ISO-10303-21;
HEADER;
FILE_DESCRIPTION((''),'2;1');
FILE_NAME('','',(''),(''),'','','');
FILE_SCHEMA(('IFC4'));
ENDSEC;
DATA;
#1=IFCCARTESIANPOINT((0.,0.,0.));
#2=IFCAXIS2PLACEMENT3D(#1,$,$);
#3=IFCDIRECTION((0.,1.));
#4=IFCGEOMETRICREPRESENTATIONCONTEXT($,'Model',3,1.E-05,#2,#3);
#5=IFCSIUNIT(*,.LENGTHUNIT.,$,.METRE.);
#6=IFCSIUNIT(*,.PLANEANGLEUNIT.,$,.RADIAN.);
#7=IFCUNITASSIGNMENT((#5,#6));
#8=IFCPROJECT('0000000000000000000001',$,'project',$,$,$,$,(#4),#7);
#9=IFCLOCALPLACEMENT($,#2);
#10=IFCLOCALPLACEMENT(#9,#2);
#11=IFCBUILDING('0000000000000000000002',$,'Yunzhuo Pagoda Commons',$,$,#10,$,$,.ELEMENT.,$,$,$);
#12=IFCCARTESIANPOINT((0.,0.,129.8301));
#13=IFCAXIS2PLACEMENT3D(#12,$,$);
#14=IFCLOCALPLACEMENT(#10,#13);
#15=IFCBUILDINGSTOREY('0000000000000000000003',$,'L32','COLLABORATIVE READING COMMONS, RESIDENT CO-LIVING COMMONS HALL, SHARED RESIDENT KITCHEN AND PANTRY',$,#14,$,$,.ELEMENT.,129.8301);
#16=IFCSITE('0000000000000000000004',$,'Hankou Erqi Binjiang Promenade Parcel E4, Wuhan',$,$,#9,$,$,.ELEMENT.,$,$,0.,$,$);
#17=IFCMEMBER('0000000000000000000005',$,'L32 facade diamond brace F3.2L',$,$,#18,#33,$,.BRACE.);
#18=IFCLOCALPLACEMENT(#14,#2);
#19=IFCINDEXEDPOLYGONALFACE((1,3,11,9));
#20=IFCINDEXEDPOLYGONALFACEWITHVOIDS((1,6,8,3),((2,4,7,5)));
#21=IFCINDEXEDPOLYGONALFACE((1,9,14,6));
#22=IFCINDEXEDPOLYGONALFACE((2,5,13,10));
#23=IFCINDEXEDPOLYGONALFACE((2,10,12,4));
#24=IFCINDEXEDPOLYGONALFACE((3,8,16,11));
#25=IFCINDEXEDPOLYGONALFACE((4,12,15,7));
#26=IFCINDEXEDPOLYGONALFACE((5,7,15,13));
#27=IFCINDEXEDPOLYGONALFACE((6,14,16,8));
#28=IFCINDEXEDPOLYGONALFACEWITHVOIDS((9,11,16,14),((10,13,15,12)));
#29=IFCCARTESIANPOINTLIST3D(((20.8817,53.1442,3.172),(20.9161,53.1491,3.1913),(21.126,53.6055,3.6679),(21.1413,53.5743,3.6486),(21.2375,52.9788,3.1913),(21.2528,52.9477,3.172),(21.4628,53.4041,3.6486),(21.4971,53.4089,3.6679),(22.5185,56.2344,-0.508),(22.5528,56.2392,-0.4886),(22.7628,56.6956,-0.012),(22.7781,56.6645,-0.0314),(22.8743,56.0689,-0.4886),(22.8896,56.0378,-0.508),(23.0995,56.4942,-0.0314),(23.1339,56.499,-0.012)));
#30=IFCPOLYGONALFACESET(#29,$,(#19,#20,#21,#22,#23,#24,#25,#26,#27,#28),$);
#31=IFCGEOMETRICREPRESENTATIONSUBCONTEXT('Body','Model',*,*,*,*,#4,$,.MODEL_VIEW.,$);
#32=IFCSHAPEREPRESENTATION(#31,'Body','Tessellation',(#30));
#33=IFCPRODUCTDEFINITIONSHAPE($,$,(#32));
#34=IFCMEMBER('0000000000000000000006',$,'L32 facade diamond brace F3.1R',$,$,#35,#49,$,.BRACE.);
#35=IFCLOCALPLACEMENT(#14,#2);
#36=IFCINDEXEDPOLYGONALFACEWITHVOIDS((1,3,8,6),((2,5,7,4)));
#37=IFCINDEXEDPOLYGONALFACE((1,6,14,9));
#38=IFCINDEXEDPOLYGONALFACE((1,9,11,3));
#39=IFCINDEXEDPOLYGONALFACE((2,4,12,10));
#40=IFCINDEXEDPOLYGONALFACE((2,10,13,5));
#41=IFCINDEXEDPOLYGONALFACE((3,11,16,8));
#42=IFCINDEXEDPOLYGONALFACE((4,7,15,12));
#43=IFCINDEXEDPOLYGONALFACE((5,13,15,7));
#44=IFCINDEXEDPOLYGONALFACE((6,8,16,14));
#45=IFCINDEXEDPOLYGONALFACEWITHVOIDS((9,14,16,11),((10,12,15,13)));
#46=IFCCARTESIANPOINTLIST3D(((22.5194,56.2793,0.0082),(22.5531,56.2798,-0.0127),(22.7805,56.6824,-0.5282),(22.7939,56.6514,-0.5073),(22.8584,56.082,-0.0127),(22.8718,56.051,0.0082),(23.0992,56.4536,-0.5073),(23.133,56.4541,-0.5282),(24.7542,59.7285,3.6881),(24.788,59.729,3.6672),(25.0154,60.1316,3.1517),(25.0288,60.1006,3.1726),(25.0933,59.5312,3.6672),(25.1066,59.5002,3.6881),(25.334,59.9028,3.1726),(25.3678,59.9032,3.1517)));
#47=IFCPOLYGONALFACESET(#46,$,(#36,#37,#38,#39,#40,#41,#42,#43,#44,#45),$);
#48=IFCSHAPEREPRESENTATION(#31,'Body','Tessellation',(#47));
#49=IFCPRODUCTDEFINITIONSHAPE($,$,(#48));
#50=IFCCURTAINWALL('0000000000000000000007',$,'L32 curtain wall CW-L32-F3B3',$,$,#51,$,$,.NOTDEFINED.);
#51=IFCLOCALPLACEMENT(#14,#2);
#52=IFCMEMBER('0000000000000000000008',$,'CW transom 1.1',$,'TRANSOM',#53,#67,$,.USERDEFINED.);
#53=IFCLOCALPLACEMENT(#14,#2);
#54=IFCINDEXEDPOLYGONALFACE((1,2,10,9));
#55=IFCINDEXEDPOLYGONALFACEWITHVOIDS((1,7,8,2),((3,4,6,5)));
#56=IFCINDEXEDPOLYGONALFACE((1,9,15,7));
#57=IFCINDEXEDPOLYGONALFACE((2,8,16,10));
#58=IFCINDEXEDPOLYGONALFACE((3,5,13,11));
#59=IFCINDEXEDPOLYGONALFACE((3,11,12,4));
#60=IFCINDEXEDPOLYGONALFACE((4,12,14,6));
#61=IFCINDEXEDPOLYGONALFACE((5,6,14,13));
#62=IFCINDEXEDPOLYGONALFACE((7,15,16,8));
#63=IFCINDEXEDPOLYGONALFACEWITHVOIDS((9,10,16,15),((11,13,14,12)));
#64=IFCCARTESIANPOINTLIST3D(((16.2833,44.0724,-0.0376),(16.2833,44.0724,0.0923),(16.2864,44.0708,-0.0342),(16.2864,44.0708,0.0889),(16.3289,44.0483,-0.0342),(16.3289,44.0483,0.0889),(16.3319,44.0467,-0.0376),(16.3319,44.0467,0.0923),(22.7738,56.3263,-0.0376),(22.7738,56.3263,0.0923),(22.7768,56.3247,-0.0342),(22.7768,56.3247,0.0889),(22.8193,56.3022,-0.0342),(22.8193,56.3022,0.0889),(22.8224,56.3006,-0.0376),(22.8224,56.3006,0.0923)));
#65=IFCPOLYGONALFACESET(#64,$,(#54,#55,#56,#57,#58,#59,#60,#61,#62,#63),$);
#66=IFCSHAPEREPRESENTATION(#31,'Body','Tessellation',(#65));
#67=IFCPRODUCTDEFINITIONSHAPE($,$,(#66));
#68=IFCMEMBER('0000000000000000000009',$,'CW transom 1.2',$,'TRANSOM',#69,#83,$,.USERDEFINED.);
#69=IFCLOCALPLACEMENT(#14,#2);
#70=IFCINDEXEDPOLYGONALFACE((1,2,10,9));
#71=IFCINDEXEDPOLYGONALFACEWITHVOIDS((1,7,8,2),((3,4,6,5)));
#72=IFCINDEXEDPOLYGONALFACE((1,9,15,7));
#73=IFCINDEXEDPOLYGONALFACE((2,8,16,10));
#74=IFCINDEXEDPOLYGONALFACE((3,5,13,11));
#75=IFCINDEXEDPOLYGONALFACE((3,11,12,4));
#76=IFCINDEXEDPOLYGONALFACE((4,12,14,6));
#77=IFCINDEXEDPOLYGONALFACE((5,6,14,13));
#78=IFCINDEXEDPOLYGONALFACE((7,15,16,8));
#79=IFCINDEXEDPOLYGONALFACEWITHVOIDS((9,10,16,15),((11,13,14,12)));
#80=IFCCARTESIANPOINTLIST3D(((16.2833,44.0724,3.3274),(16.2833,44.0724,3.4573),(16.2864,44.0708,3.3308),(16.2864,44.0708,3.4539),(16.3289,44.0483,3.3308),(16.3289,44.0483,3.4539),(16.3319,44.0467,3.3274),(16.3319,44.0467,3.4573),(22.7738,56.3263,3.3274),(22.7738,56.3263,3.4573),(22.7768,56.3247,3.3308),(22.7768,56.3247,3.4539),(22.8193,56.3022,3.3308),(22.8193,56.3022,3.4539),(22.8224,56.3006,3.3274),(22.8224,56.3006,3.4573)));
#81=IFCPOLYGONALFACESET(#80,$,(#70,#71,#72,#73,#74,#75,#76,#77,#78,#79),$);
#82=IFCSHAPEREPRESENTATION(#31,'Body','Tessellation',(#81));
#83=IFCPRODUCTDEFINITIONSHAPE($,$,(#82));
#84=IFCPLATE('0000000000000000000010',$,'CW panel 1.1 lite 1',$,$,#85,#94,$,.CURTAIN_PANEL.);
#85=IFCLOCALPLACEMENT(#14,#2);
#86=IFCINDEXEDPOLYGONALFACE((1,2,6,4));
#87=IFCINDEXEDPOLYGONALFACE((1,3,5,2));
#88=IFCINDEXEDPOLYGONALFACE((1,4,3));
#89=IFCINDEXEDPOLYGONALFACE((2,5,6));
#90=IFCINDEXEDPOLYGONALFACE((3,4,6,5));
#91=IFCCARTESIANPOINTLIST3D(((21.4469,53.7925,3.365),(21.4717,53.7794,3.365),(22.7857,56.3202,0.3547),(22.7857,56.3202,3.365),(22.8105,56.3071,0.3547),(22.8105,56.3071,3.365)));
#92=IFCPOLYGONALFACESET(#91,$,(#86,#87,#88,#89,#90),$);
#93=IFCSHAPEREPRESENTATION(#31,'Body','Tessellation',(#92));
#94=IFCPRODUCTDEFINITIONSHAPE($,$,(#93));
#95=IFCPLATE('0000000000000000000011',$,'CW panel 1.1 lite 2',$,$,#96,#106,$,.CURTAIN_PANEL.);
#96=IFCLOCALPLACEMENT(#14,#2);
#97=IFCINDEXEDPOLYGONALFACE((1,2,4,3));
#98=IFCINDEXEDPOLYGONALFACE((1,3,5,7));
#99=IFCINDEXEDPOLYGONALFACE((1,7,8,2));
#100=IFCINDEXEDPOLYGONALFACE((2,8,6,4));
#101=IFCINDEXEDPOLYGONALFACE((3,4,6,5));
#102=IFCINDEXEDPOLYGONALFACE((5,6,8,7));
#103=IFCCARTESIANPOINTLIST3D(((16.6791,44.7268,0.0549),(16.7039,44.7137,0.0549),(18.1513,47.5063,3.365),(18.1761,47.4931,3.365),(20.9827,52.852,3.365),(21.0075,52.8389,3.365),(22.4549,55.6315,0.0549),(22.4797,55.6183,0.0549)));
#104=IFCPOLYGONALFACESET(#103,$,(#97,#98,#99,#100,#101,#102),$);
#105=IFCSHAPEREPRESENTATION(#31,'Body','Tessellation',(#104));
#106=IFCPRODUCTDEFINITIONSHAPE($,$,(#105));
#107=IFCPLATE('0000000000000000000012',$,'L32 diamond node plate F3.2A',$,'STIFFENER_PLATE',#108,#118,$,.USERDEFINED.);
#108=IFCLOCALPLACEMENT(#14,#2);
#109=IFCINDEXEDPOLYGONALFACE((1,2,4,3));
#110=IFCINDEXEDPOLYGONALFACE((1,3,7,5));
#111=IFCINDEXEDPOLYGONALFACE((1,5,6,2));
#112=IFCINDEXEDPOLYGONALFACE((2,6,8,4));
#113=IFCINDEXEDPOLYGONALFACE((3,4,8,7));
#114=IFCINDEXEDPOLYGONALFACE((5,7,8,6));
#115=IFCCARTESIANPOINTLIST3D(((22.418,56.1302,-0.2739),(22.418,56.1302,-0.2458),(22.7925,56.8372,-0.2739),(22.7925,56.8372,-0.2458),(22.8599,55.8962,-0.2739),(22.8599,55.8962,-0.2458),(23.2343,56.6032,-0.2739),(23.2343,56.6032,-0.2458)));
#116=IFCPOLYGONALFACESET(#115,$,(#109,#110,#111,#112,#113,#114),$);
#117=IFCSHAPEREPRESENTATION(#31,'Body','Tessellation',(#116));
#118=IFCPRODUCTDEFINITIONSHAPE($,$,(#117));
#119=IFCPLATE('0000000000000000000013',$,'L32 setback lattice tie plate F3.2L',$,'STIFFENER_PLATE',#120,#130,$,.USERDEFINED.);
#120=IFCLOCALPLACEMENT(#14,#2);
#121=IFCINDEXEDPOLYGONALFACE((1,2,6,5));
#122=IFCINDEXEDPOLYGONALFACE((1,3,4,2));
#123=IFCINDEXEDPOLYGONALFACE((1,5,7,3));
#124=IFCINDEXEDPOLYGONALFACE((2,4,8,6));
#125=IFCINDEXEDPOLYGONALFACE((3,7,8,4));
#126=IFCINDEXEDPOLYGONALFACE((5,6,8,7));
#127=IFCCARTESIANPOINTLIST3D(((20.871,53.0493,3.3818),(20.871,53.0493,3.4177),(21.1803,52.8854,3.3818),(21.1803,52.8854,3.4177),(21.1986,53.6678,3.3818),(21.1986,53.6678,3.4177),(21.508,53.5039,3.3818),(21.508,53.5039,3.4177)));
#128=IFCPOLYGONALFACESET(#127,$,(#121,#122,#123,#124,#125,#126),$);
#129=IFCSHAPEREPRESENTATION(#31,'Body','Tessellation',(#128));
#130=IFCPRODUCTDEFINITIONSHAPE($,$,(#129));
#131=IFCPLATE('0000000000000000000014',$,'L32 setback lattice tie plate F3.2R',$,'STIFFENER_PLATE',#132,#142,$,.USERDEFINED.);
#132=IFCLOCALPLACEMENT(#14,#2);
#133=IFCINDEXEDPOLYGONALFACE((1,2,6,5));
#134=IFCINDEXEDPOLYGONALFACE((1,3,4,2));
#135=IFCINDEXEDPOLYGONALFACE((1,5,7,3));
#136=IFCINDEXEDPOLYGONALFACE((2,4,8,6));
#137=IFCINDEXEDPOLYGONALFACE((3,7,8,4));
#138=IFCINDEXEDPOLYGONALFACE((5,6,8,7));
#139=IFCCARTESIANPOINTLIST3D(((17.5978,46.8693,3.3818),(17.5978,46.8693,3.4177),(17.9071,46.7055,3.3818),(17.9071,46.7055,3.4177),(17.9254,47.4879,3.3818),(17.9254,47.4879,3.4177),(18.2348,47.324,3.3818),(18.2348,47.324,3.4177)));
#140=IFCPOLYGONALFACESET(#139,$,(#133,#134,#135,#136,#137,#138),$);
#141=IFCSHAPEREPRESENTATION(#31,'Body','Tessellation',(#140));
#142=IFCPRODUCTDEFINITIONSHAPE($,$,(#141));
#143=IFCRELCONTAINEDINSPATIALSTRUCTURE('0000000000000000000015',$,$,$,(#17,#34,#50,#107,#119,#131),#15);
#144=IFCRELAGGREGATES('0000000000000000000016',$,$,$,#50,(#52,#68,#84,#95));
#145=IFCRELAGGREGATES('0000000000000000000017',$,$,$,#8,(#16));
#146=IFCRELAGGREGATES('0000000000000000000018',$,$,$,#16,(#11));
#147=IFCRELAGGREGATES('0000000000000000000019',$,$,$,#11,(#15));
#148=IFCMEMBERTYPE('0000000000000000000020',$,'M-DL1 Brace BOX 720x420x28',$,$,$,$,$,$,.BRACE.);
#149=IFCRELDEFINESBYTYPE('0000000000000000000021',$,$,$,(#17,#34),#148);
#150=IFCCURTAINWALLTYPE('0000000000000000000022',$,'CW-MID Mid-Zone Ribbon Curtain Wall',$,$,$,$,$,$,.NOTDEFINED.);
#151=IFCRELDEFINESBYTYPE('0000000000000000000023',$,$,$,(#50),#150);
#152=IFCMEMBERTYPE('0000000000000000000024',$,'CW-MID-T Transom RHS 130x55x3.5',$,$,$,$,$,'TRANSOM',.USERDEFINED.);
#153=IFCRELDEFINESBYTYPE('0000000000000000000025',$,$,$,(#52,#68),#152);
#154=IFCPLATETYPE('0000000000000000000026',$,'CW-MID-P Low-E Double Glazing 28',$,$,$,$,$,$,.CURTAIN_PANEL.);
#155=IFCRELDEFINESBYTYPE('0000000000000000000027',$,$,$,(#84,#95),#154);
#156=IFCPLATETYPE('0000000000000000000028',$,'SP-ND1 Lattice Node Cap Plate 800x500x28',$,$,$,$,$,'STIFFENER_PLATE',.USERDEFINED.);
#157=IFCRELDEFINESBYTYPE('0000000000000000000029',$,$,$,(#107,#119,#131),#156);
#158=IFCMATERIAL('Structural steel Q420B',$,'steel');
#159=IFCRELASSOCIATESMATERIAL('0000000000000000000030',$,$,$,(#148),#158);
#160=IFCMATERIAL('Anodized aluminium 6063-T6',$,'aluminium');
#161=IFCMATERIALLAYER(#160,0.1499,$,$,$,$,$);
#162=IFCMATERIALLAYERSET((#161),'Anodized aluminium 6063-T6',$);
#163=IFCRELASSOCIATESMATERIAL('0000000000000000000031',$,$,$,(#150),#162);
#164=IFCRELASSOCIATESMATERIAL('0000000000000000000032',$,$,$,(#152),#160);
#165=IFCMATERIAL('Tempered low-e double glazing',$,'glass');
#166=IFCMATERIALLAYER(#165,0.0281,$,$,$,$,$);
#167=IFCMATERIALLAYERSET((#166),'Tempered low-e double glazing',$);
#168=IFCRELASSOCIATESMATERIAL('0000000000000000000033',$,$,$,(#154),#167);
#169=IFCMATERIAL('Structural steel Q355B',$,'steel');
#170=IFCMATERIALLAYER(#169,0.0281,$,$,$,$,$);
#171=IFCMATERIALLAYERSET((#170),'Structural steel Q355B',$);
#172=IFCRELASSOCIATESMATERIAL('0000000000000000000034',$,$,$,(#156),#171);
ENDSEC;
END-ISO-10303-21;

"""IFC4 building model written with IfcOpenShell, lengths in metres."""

from ifc_helpers import new_model, si_unit, direction, frame, origin, origin_2d, place, context, subcontext, project, spatial, polyline, rectangle, hollow_rectangle, outline, extrude, source, transform, mapped, material, layer, layer_set, material_profile, profile_set, type_object, element, aggregate, save


model = new_model("IFC4")

# Units and contexts
model_context = context("Model", 3, precision=1e-05, world=origin(), true_north=direction((0.0, 1.0)))
body_context = subcontext(model_context, "Body", "Model", "MODEL_VIEW")
ifc_project = project(units=[si_unit("LENGTHUNIT", "METRE"), si_unit("PLANEANGLEUNIT", "RADIAN")], contexts=[model_context])

# Site, building, storey
site_placement = place(None, origin())
site = spatial("IfcSite", under=ifc_project, at=site_placement, Name="Hankou Erqi Binjiang Promenade Parcel E4, Wuhan", CompositionType="ELEMENT", RefElevation=0.0)
building_placement = place(site_placement, origin())
building = spatial("IfcBuilding", under=site, at=building_placement, Name="Yunzhuo Pagoda Commons", CompositionType="ELEMENT")
storey_placement = place(building_placement, frame((0.0, 0.0, 129.8301)))
storey = spatial("IfcBuildingStorey", under=building, at=storey_placement, Name="L32", Description="COLLABORATIVE READING COMMONS, RESIDENT CO-LIVING COMMONS HALL, SHARED RESIDENT KITCHEN AND PANTRY", CompositionType="ELEMENT", Elevation=129.8301)

# Shared definitions
ifc_material_1 = material(Name="Structural steel Q420B", Category="steel")

# Shared definitions
ifc_material_2 = material(Name="Structural steel Q355B", Category="steel")

# Members
ifc_material_profile_1 = material_profile(ifc_material_1, hollow_rectangle(XDim=0.4199, YDim=0.72, WallThickness=0.0281, at=origin_2d()), Name="Structural steel Q420B")
ifc_profile_set_1 = profile_set([ifc_material_profile_1], Name="Structural steel Q420B")
member_type_1 = type_object("IfcMemberType", Name="M-DL1 Brace BOX 720x420x28", PredefinedType="BRACE", material=ifc_profile_set_1)
shared_shape_1 = source(origin(), body_context, "Body", "SweptSolid", [
    extrude(hollow_rectangle(XDim=0.4199, YDim=0.72, WallThickness=0.0281, at=origin_2d()), origin(), (0.0, 0.0, 1.0), 5.0764),
])
member_1_placement = place(storey_placement, frame((22.8262, 56.3667, -0.26), z_axis=(-0.32242, -0.608722, 0.724916), x_axis=(0.883694, -0.468064, 0.0)))
element("IfcMember", 1, at=member_1_placement, inside=storey, type_object=member_type_1, Name="L32 facade diamond brace F3.2L", PredefinedType="BRACE", context=body_context, shape_type="MappedRepresentation", body=[
    mapped(shared_shape_1, transform((0.0, 0.0, 0.0), scale=1.0)),
])
shared_shape_2 = source(origin(), body_context, "Body", "SweptSolid", [
    extrude(hollow_rectangle(XDim=0.4199, YDim=0.72, WallThickness=0.0281, at=origin_2d()), origin(), (0.0, 0.0, 1.0), 5.5166),
])
member_2_placement = place(storey_placement, frame((22.8262, 56.3667, -0.26), z_axis=(0.405111, 0.625236, 0.667057), x_axis=(-0.839235, 0.543768, 0.0)))
element("IfcMember", 2, at=member_2_placement, inside=storey, type_object=member_type_1, Name="L32 facade diamond brace F3.1R", PredefinedType="BRACE", context=body_context, shape_type="MappedRepresentation", body=[
    mapped(shared_shape_2, transform((0.0, 0.0, 0.0), scale=1.0)),
])

# Curtain wall, members, plates
ifc_material_3 = material(Name="Anodized aluminium 6063-T6", Category="aluminium")
ifc_layer_1 = layer(ifc_material_3, 0.1499)
ifc_layer_set_1 = layer_set([ifc_layer_1], Name="Anodized aluminium 6063-T6")
curtain_wall_type = type_object("IfcCurtainWallType", Name="CW-MID Mid-Zone Ribbon Curtain Wall", PredefinedType="NOTDEFINED", material=ifc_layer_set_1)
curtain_wall_placement = place(storey_placement, origin())
curtain_wall = element("IfcCurtainWall", 3, at=curtain_wall_placement, inside=storey, type_object=curtain_wall_type, Name="L32 curtain wall CW-L32-F3B3", PredefinedType="NOTDEFINED")
ifc_material_profile_2 = material_profile(ifc_material_3, hollow_rectangle(XDim=0.0549, YDim=0.1299, WallThickness=0.0034, at=origin_2d()), Name="Anodized aluminium 6063-T6")
ifc_profile_set_2 = profile_set([ifc_material_profile_2], Name="Anodized aluminium 6063-T6")
member_type_2 = type_object("IfcMemberType", Name="CW-MID-T Transom RHS 130x55x3.5", ElementType="TRANSOM", PredefinedType="USERDEFINED", material=ifc_profile_set_2)
shared_shape_3 = source(origin(), body_context, "Body", "SweptSolid", [
    extrude(hollow_rectangle(XDim=0.0549, YDim=0.1299, WallThickness=0.0034, at=origin_2d()), origin(), (0.0, 0.0, 1.0), 13.8667),
])
member_3_placement = place(storey_placement, frame((22.7981, 56.3135, 0.0273), z_axis=(-0.468063, -0.883695, 0.0), x_axis=(0.883695, -0.468063, 0.0)))
member_3 = element("IfcMember", 4, at=member_3_placement, type_object=member_type_2, Name="CW transom 1.1", ObjectType="TRANSOM", PredefinedType="USERDEFINED", context=body_context, shape_type="MappedRepresentation", body=[
    mapped(shared_shape_3, transform((0.0, 0.0, 0.0), scale=1.0)),
])
member_4_placement = place(storey_placement, frame((22.7981, 56.3135, 3.3923), z_axis=(-0.468063, -0.883695, 0.0), x_axis=(0.883695, -0.468063, 0.0)))
member_4 = element("IfcMember", 5, at=member_4_placement, type_object=member_type_2, Name="CW transom 1.2", ObjectType="TRANSOM", PredefinedType="USERDEFINED", context=body_context, shape_type="MappedRepresentation", body=[
    mapped(shared_shape_3, transform((0.0, 0.0, 0.0), scale=1.0)),
])
ifc_material_4 = material(Name="Tempered low-e double glazing", Category="glass")
ifc_layer_2 = layer(ifc_material_4, 0.0281)
ifc_layer_set_2 = layer_set([ifc_layer_2], Name="Tempered low-e double glazing")
plate_type_1 = type_object("IfcPlateType", Name="CW-MID-P Low-E Double Glazing 28", PredefinedType="CURTAIN_PANEL", material=ifc_layer_set_2)
plate_1_placement = place(storey_placement, frame((22.1411, 55.0432, 1.8599), z_axis=(-0.883694, 0.468065, 0.0), x_axis=(-0.468065, -0.883694, 0.0)))
plate_1 = element("IfcPlate", 6, at=plate_1_placement, type_object=plate_type_1, Name="CW panel 1.1 lite 1", PredefinedType="CURTAIN_PANEL", context=body_context, shape_type="SweptSolid", body=[
    extrude(outline(polyline([(-1.4302, -1.5051), (1.4302, 1.5051), (-1.4302, 1.5051), (-1.4302, -1.5051)])), origin(), (0.0, 0.0, 1.0), 0.0281),
])
plate_2_placement = place(storey_placement, frame((19.5918, 50.166, 1.71), z_axis=(-0.883694, 0.468065, 0.0), x_axis=(-0.468065, -0.883694, 0.0)))
plate_2 = element("IfcPlate", 7, at=plate_2_placement, type_object=plate_type_1, Name="CW panel 1.1 lite 2", PredefinedType="CURTAIN_PANEL", context=body_context, shape_type="SweptSolid", body=[
    extrude(outline(polyline([(-6.1699, -1.655), (6.1699, -1.655), (3.0247, 1.655), (-3.0247, 1.655), (-6.1699, -1.655)])), origin(), (0.0, 0.0, 1.0), 0.0281),
])
aggregate(curtain_wall, [member_3, member_4, plate_1, plate_2])

# Plates
ifc_layer_3 = layer(ifc_material_2, 0.0281)
ifc_layer_set_3 = layer_set([ifc_layer_3], Name="Structural steel Q355B")
plate_type_2 = type_object("IfcPlateType", Name="SP-ND1 Lattice Node Cap Plate 800x500x28", ElementType="STIFFENER_PLATE", PredefinedType="USERDEFINED", material=ifc_layer_set_3)
shared_shape_4 = source(origin(), body_context, "Body", "SweptSolid", [
    extrude(rectangle(XDim=0.8, YDim=0.5, at=origin_2d()), origin(), (0.0, 0.0, 1.0), 0.0281),
])
plate_3_placement = place(storey_placement, frame((22.8262, 56.3667, -0.2739), z_axis=(0.0, 0.0, 1.0), x_axis=(-0.468069, -0.883692, 0.0)))
element("IfcPlate", 8, at=plate_3_placement, inside=storey, type_object=plate_type_2, Name="L32 diamond node plate F3.2A", ObjectType="STIFFENER_PLATE", PredefinedType="USERDEFINED", context=body_context, shape_type="MappedRepresentation", body=[
    mapped(shared_shape_4, transform((0.0, 0.0, 0.0), scale=1.0)),
])
shared_shape_5 = source(origin(), body_context, "Body", "SweptSolid", [
    extrude(rectangle(XDim=0.7, YDim=0.3501, at=origin_2d()), origin(), (0.0, 0.0, 1.0), 0.0359),
])
for number, where, z_axis, x_axis, name in (
    (9, (21.1895, 53.2766, 3.3818), (0.0, 0.0, 1.0), (-0.468069, -0.883692, 0.0), "L32 setback lattice tie plate F3.2L"),
    (10, (17.9163, 47.0967, 3.3818), (0.0, 0.0, 1.0), (-0.468069, -0.883692, 0.0), "L32 setback lattice tie plate F3.2R"),
):
    element("IfcPlate", number, at=place(storey_placement, frame(where, z_axis=z_axis, x_axis=x_axis)), inside=storey, type_object=plate_type_2, Name=name, ObjectType="STIFFENER_PLATE", PredefinedType="USERDEFINED", context=body_context, shape_type="MappedRepresentation", body=[
        mapped(shared_shape_5, transform((0.0, 0.0, 0.0), scale=1.0)),
    ])

save(model, "model.ifc")
